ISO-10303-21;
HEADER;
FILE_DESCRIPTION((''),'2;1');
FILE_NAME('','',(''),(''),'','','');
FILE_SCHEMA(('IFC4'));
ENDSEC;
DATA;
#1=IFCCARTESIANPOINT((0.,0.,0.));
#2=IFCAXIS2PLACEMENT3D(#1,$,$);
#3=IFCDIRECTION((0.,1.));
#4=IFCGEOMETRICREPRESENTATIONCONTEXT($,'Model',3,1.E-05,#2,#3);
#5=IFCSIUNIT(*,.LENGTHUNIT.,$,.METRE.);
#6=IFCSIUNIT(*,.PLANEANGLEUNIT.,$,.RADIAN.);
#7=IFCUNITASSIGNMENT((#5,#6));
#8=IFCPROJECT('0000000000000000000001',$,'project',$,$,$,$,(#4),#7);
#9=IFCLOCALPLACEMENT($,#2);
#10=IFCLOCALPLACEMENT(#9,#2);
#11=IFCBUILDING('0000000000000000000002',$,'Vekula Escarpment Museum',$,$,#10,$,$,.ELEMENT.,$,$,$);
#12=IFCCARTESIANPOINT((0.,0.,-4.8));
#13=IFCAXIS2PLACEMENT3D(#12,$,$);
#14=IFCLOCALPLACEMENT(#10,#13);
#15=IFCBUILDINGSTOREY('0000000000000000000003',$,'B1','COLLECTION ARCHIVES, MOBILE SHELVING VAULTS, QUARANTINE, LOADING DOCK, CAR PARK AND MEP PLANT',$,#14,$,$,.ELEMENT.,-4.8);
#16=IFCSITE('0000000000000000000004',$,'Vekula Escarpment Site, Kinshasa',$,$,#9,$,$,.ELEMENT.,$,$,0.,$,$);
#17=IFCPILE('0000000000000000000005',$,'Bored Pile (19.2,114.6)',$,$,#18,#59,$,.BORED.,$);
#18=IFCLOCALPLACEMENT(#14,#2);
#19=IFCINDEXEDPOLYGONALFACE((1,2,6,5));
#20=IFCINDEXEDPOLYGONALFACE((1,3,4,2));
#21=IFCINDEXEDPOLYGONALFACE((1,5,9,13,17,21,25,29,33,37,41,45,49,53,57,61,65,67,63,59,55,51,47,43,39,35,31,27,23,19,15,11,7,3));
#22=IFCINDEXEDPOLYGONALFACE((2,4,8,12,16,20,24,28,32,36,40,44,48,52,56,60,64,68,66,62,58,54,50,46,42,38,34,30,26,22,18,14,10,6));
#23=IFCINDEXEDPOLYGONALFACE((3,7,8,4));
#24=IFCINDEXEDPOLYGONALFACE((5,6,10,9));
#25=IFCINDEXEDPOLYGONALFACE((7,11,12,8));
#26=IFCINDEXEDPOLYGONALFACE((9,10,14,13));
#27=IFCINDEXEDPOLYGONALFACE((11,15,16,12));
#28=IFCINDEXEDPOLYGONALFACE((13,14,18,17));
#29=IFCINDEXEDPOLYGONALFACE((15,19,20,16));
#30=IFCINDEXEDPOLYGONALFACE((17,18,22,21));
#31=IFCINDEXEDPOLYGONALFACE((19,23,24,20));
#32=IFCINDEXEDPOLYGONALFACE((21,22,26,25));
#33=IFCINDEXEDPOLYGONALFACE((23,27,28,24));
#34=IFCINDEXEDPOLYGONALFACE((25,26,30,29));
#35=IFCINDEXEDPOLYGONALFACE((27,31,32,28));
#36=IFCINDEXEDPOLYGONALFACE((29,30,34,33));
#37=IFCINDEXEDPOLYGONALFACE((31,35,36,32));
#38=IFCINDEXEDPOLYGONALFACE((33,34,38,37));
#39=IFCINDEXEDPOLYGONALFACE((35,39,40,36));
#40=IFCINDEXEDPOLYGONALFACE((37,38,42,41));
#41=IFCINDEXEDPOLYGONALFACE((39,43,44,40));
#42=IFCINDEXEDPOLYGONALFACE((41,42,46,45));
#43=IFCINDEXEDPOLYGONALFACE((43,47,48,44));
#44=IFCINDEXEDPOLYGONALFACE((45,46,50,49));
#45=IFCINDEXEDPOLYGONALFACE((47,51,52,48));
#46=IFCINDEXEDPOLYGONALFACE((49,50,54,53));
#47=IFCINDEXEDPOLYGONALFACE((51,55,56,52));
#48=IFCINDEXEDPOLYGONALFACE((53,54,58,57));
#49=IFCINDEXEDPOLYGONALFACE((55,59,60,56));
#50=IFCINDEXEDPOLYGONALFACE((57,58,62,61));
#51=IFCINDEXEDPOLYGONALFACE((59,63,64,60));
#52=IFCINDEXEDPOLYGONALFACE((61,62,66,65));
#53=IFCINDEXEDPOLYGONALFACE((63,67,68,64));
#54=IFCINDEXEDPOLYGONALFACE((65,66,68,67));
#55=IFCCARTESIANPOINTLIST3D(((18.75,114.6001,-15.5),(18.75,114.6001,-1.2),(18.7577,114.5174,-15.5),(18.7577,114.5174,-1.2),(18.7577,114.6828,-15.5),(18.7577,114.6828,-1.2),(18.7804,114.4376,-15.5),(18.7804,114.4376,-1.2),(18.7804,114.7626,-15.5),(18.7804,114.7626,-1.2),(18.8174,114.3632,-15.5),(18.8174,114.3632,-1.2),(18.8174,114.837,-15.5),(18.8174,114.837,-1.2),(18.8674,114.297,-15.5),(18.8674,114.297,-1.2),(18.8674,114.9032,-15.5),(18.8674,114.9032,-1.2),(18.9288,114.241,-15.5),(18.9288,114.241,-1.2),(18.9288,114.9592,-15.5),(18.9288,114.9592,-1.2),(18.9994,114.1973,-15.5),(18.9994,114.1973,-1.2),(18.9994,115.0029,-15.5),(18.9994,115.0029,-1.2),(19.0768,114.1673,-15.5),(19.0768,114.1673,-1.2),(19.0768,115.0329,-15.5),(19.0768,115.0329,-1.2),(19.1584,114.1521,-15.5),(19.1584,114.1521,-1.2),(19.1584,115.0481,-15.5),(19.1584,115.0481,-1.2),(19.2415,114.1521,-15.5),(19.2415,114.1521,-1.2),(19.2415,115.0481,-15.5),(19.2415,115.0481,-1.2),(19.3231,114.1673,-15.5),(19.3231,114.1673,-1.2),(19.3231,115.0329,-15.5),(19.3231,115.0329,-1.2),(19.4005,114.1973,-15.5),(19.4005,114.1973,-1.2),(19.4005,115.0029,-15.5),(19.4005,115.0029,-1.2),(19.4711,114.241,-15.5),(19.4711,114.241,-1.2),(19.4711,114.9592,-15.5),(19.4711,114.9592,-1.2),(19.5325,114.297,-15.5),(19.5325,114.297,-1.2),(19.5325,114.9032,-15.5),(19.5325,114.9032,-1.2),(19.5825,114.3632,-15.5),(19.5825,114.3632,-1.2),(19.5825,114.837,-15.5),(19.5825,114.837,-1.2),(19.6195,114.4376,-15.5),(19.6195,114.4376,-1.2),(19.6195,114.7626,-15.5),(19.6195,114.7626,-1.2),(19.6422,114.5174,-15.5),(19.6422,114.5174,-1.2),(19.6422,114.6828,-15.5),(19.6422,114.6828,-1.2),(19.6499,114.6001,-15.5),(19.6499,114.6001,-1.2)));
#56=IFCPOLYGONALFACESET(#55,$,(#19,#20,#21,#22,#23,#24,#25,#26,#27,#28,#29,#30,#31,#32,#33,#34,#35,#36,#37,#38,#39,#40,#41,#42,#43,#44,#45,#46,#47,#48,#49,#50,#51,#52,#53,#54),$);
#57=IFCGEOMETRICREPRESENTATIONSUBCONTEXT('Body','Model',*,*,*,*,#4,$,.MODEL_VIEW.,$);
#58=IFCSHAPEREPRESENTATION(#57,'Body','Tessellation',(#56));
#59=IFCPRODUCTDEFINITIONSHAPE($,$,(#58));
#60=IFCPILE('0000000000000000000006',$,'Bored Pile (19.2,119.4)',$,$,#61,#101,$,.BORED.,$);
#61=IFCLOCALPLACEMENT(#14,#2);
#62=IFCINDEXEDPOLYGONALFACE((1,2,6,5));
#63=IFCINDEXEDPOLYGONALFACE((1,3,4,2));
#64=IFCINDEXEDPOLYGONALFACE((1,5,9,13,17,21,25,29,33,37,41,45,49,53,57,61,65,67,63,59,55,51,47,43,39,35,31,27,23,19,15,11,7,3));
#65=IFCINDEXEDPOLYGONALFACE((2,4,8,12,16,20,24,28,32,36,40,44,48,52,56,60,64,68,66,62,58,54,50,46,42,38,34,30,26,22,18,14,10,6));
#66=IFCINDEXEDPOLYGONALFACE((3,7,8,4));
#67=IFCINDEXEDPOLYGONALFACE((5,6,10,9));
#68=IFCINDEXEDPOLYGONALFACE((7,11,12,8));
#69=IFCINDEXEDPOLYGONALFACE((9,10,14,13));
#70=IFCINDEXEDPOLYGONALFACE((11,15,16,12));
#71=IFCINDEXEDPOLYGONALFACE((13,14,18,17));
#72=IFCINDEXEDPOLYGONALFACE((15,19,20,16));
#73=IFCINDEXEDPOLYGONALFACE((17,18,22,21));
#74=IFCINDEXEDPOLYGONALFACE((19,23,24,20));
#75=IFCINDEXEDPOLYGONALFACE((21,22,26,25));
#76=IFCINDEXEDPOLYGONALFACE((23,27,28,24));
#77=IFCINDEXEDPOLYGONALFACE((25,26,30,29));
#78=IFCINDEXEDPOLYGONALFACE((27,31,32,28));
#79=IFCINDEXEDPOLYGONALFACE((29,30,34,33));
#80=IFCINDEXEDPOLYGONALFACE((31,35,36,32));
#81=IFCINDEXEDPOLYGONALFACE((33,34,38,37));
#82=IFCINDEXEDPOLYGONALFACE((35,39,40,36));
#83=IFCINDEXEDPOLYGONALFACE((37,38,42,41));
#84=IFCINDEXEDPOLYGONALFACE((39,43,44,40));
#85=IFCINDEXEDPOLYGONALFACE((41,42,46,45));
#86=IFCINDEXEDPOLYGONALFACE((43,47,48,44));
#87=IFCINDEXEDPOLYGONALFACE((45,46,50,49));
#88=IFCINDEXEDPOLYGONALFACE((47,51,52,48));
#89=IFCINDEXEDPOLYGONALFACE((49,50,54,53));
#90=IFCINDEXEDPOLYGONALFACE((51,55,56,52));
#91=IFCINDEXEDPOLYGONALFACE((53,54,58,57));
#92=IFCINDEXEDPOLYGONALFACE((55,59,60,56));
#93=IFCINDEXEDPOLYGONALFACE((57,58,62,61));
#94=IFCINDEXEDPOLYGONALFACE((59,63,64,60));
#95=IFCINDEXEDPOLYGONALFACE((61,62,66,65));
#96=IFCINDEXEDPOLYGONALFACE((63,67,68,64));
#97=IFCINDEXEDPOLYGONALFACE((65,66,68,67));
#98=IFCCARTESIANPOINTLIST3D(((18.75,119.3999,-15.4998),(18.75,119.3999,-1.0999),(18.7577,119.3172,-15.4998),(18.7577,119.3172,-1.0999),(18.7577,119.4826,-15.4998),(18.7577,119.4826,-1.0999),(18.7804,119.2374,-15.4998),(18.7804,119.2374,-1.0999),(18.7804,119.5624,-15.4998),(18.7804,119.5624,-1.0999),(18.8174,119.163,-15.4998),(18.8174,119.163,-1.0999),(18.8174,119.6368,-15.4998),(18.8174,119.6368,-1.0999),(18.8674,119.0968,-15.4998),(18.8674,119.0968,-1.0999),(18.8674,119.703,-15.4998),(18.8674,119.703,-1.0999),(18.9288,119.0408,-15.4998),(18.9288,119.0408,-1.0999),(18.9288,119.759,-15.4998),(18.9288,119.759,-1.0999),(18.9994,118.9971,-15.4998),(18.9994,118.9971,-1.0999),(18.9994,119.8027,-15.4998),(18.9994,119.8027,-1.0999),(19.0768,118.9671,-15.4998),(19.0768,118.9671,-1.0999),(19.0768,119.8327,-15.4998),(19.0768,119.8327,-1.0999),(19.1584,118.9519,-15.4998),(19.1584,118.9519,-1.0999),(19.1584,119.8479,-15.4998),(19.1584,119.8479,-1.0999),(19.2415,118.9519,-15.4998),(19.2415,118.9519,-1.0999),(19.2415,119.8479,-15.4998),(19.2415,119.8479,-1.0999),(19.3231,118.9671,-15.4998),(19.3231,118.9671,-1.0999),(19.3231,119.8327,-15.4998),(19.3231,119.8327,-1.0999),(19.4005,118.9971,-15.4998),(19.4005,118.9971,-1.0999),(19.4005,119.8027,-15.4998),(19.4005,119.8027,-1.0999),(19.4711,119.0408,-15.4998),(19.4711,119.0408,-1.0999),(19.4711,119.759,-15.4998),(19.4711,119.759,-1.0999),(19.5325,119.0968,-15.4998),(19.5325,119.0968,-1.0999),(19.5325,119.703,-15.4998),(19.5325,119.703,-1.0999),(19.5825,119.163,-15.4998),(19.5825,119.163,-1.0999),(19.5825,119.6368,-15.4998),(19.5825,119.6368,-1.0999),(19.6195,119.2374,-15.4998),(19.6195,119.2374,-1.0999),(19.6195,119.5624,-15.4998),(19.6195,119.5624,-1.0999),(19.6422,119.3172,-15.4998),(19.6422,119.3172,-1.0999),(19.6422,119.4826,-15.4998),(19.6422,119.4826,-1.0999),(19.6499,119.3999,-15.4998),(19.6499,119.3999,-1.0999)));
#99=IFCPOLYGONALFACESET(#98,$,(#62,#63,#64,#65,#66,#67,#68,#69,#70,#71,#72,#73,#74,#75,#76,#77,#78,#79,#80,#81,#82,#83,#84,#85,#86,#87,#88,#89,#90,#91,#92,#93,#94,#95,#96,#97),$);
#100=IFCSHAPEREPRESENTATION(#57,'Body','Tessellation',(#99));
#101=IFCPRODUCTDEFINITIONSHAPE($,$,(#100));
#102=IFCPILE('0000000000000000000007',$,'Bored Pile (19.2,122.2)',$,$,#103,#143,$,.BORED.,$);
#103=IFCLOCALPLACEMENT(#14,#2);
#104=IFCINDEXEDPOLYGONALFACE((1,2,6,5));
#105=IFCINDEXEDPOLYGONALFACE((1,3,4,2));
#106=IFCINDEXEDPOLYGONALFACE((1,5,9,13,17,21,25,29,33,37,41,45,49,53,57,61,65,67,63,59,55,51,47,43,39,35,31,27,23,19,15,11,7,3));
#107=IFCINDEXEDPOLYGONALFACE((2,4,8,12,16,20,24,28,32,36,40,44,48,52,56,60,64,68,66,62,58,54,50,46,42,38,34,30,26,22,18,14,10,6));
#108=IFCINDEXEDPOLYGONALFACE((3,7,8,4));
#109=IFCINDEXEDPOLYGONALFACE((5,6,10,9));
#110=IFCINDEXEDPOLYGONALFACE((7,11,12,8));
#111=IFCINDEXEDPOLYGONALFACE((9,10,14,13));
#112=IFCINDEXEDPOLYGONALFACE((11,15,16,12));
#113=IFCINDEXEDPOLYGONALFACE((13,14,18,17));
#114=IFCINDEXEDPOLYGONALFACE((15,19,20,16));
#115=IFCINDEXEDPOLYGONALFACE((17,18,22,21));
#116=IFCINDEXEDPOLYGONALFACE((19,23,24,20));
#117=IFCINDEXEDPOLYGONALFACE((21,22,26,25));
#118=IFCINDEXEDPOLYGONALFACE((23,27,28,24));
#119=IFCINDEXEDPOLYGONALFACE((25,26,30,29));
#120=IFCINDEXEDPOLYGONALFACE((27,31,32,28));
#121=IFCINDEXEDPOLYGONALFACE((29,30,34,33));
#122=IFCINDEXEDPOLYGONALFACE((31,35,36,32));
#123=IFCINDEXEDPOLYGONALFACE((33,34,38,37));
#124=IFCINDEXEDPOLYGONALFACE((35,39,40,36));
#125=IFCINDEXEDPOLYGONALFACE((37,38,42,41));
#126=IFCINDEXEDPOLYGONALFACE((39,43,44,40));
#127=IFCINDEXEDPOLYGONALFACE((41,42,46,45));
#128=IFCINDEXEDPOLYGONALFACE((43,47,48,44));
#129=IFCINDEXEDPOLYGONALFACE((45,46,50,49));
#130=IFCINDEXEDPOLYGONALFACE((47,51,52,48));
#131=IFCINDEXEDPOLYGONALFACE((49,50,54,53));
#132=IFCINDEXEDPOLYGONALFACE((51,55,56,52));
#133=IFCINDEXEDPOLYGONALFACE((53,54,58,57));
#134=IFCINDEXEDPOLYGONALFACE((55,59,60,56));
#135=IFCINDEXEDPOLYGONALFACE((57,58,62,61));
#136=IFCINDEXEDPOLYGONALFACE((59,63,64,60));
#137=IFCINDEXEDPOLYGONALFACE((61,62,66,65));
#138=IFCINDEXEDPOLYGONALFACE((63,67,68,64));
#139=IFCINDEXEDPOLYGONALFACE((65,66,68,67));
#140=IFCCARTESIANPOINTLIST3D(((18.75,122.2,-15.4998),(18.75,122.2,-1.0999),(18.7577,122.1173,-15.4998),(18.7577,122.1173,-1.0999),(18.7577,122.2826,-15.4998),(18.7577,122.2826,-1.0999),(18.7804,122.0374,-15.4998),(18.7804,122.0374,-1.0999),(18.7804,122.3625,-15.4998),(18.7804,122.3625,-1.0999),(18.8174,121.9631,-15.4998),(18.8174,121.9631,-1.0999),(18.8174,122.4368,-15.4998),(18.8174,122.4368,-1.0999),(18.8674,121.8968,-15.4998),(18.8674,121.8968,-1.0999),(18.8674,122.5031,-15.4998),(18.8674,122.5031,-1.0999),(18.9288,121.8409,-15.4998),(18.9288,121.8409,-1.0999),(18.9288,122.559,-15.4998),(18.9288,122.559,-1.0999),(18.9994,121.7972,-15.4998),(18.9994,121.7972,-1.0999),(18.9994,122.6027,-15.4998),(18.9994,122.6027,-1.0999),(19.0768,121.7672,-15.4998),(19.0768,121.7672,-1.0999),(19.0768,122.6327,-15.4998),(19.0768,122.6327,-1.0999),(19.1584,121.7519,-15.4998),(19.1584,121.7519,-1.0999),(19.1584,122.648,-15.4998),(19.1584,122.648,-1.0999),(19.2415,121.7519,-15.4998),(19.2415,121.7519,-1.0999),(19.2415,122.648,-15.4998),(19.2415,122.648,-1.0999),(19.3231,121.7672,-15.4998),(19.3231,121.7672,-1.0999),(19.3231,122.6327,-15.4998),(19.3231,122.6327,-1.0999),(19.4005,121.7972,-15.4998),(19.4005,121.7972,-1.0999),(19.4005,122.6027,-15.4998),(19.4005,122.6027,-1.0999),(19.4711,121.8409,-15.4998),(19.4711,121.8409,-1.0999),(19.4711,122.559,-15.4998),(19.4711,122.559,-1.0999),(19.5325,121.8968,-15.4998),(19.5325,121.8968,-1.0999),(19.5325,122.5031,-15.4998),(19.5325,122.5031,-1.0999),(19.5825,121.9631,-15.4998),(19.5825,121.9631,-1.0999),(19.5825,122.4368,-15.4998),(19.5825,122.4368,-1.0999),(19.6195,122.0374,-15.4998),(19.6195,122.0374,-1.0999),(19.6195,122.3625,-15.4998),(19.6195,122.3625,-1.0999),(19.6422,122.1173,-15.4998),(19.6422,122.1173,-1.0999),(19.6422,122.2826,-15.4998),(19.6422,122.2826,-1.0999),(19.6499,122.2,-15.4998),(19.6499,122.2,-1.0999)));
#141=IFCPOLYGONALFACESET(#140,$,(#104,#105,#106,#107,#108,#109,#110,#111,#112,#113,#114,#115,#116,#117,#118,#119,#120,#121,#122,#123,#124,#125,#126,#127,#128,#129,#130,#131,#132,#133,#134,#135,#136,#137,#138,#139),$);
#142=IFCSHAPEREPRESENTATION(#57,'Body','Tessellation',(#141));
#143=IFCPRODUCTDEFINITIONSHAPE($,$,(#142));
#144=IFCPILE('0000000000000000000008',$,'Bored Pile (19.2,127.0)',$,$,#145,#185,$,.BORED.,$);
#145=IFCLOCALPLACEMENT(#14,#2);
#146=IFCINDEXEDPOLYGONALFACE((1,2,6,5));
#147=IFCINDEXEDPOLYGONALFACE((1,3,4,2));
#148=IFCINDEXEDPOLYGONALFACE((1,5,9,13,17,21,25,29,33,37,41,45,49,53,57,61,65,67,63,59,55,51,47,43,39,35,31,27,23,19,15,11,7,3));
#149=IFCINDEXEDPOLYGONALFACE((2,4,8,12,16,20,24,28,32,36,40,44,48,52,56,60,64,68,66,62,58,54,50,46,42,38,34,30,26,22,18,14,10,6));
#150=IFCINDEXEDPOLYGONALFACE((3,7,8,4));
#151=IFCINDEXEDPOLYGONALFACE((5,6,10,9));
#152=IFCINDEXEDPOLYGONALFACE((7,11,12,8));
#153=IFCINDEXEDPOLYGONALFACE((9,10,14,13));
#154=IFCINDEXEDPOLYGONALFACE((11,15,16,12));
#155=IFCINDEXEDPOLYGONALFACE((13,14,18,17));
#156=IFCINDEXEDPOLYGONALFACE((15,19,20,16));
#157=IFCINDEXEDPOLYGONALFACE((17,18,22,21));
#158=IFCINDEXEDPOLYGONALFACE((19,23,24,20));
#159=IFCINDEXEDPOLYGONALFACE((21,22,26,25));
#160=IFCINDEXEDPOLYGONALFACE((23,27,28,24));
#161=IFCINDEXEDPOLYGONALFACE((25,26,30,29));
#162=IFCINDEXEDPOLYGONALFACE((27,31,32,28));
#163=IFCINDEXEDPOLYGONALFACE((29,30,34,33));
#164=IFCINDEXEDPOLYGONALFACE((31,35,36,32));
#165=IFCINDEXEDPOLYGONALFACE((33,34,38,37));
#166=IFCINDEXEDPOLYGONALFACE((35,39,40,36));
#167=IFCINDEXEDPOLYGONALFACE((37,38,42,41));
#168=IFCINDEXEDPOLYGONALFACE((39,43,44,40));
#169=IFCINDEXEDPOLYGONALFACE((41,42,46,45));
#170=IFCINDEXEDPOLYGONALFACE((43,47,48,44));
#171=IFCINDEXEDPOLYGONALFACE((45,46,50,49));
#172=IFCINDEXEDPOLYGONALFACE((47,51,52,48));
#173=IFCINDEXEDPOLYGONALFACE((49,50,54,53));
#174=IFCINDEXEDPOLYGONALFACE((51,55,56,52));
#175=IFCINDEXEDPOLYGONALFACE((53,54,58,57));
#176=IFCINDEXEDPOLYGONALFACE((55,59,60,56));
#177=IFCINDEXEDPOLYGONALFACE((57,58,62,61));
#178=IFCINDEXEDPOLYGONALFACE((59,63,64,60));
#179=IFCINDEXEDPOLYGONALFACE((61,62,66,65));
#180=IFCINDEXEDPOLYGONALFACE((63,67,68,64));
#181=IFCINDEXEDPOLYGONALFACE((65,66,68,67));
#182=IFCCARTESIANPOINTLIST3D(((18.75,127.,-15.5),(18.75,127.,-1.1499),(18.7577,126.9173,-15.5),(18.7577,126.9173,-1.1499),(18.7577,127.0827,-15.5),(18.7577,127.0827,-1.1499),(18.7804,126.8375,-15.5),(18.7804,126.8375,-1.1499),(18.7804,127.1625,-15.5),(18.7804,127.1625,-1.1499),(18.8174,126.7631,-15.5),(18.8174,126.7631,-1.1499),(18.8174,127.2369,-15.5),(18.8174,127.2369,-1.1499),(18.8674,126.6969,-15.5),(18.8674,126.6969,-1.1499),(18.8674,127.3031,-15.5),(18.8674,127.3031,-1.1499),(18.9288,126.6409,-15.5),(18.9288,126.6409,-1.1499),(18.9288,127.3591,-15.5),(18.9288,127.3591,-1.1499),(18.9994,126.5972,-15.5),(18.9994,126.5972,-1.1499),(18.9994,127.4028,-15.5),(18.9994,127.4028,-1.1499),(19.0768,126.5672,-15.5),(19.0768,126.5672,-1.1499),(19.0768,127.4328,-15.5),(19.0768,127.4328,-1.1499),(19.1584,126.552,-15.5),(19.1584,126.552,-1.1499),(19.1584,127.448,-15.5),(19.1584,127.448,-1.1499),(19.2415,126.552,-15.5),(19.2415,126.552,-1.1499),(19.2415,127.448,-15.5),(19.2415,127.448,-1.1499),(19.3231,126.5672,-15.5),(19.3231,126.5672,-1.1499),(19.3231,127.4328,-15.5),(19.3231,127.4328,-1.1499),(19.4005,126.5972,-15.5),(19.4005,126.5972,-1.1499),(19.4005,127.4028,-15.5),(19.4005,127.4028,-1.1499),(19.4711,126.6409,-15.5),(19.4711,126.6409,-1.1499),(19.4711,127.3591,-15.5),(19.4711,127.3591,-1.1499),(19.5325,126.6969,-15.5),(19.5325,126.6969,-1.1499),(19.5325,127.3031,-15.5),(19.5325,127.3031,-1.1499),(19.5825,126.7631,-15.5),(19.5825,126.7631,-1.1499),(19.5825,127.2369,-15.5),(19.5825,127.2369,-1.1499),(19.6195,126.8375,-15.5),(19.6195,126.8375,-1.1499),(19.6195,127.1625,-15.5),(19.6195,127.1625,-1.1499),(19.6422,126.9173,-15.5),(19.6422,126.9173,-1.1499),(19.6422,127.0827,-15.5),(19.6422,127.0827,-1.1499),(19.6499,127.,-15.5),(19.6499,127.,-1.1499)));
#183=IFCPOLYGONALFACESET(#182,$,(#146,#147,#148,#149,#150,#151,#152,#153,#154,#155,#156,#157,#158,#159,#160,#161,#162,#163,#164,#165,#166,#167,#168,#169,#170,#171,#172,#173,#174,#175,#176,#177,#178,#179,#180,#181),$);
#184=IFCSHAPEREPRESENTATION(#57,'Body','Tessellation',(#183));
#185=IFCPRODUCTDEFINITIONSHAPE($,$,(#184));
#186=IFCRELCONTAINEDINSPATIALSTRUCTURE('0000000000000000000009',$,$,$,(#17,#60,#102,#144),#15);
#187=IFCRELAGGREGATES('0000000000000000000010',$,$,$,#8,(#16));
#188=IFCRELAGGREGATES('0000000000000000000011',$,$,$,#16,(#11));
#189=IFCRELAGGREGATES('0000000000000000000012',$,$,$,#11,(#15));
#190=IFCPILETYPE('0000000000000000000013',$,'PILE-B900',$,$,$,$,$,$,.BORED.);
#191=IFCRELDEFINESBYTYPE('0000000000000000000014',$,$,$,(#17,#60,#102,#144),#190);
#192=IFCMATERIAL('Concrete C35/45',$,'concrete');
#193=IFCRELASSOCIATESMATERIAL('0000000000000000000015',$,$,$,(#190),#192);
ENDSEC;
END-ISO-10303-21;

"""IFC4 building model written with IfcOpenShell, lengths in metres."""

from ifc_helpers import new_model, si_unit, direction, frame, origin, origin_2d, place, context, subcontext, project, spatial, circle, extrude, material, material_profile, profile_set, type_object, element, save


model = new_model("IFC4")

# Units and contexts
model_context = context("Model", 3, precision=1e-05, world=origin(), true_north=direction((0.0, 1.0)))
body_context = subcontext(model_context, "Body", "Model", "MODEL_VIEW")
ifc_project = project(units=[si_unit("LENGTHUNIT", "METRE"), si_unit("PLANEANGLEUNIT", "RADIAN")], contexts=[model_context])

# Site, building, storey
site_placement = place(None, origin())
site = spatial("IfcSite", under=ifc_project, at=site_placement, Name="Vekula Escarpment Site, Kinshasa", CompositionType="ELEMENT", RefElevation=0.0)
building_placement = place(site_placement, origin())
building = spatial("IfcBuilding", under=site, at=building_placement, Name="Vekula Escarpment Museum", CompositionType="ELEMENT")
storey_placement = place(building_placement, frame((0.0, 0.0, -4.8)))
storey = spatial("IfcBuildingStorey", under=building, at=storey_placement, Name="B1", Description="COLLECTION ARCHIVES, MOBILE SHELVING VAULTS, QUARANTINE, LOADING DOCK, CAR PARK AND MEP PLANT", CompositionType="ELEMENT", Elevation=-4.8)

# Piles
ifc_material_1 = material(Name="Concrete C35/45", Category="concrete")
ifc_material_profile_1 = material_profile(ifc_material_1, circle(Radius=0.45, at=origin_2d()), Name="BORED PILE 900")
ifc_profile_set_1 = profile_set([ifc_material_profile_1], Name="Concrete C35/45")
pile_type = type_object("IfcPileType", Name="PILE-B900", PredefinedType="BORED", material=ifc_profile_set_1)
pile_1_placement = place(storey_placement, frame((19.2, 114.6001, -1.2), z_axis=(0.0, 0.0, -1.0), x_axis=(1.0, 0.0, 0.0)))
element("IfcPile", 1, at=pile_1_placement, inside=storey, type_object=pile_type, Name="Bored Pile (19.2,114.6)", PredefinedType="BORED", context=body_context, shape_type="SweptSolid", body=[
    extrude(circle(Radius=0.45, at=origin_2d()), origin(), (0.0, 0.0, 1.0), 14.3),
])
for number, where, z_axis, x_axis, name in (
    (2, (19.2, 119.3999, -1.0999), (0.0, 0.0, -1.0), (1.0, 0.0, 0.0), "Bored Pile (19.2,119.4)"),
    (3, (19.2, 122.2, -1.0999), (0.0, 0.0, -1.0), (1.0, 0.0, 0.0), "Bored Pile (19.2,122.2)"),
):
    element("IfcPile", number, at=place(storey_placement, frame(where, z_axis=z_axis, x_axis=x_axis)), inside=storey, type_object=pile_type, Name=name, PredefinedType="BORED", context=body_context, shape_type="SweptSolid", body=[
        extrude(circle(Radius=0.45, at=origin_2d()), origin(), (0.0, 0.0, 1.0), 14.3999),
    ])
pile_2_placement = place(storey_placement, frame((19.2, 127.0, -1.1499), z_axis=(0.0, 0.0, -1.0), x_axis=(1.0, 0.0, 0.0)))
element("IfcPile", 4, at=pile_2_placement, inside=storey, type_object=pile_type, Name="Bored Pile (19.2,127.0)", PredefinedType="BORED", context=body_context, shape_type="SweptSolid", body=[
    extrude(circle(Radius=0.45, at=origin_2d()), origin(), (0.0, 0.0, 1.0), 14.3501),
])

save(model, "model.ifc")
